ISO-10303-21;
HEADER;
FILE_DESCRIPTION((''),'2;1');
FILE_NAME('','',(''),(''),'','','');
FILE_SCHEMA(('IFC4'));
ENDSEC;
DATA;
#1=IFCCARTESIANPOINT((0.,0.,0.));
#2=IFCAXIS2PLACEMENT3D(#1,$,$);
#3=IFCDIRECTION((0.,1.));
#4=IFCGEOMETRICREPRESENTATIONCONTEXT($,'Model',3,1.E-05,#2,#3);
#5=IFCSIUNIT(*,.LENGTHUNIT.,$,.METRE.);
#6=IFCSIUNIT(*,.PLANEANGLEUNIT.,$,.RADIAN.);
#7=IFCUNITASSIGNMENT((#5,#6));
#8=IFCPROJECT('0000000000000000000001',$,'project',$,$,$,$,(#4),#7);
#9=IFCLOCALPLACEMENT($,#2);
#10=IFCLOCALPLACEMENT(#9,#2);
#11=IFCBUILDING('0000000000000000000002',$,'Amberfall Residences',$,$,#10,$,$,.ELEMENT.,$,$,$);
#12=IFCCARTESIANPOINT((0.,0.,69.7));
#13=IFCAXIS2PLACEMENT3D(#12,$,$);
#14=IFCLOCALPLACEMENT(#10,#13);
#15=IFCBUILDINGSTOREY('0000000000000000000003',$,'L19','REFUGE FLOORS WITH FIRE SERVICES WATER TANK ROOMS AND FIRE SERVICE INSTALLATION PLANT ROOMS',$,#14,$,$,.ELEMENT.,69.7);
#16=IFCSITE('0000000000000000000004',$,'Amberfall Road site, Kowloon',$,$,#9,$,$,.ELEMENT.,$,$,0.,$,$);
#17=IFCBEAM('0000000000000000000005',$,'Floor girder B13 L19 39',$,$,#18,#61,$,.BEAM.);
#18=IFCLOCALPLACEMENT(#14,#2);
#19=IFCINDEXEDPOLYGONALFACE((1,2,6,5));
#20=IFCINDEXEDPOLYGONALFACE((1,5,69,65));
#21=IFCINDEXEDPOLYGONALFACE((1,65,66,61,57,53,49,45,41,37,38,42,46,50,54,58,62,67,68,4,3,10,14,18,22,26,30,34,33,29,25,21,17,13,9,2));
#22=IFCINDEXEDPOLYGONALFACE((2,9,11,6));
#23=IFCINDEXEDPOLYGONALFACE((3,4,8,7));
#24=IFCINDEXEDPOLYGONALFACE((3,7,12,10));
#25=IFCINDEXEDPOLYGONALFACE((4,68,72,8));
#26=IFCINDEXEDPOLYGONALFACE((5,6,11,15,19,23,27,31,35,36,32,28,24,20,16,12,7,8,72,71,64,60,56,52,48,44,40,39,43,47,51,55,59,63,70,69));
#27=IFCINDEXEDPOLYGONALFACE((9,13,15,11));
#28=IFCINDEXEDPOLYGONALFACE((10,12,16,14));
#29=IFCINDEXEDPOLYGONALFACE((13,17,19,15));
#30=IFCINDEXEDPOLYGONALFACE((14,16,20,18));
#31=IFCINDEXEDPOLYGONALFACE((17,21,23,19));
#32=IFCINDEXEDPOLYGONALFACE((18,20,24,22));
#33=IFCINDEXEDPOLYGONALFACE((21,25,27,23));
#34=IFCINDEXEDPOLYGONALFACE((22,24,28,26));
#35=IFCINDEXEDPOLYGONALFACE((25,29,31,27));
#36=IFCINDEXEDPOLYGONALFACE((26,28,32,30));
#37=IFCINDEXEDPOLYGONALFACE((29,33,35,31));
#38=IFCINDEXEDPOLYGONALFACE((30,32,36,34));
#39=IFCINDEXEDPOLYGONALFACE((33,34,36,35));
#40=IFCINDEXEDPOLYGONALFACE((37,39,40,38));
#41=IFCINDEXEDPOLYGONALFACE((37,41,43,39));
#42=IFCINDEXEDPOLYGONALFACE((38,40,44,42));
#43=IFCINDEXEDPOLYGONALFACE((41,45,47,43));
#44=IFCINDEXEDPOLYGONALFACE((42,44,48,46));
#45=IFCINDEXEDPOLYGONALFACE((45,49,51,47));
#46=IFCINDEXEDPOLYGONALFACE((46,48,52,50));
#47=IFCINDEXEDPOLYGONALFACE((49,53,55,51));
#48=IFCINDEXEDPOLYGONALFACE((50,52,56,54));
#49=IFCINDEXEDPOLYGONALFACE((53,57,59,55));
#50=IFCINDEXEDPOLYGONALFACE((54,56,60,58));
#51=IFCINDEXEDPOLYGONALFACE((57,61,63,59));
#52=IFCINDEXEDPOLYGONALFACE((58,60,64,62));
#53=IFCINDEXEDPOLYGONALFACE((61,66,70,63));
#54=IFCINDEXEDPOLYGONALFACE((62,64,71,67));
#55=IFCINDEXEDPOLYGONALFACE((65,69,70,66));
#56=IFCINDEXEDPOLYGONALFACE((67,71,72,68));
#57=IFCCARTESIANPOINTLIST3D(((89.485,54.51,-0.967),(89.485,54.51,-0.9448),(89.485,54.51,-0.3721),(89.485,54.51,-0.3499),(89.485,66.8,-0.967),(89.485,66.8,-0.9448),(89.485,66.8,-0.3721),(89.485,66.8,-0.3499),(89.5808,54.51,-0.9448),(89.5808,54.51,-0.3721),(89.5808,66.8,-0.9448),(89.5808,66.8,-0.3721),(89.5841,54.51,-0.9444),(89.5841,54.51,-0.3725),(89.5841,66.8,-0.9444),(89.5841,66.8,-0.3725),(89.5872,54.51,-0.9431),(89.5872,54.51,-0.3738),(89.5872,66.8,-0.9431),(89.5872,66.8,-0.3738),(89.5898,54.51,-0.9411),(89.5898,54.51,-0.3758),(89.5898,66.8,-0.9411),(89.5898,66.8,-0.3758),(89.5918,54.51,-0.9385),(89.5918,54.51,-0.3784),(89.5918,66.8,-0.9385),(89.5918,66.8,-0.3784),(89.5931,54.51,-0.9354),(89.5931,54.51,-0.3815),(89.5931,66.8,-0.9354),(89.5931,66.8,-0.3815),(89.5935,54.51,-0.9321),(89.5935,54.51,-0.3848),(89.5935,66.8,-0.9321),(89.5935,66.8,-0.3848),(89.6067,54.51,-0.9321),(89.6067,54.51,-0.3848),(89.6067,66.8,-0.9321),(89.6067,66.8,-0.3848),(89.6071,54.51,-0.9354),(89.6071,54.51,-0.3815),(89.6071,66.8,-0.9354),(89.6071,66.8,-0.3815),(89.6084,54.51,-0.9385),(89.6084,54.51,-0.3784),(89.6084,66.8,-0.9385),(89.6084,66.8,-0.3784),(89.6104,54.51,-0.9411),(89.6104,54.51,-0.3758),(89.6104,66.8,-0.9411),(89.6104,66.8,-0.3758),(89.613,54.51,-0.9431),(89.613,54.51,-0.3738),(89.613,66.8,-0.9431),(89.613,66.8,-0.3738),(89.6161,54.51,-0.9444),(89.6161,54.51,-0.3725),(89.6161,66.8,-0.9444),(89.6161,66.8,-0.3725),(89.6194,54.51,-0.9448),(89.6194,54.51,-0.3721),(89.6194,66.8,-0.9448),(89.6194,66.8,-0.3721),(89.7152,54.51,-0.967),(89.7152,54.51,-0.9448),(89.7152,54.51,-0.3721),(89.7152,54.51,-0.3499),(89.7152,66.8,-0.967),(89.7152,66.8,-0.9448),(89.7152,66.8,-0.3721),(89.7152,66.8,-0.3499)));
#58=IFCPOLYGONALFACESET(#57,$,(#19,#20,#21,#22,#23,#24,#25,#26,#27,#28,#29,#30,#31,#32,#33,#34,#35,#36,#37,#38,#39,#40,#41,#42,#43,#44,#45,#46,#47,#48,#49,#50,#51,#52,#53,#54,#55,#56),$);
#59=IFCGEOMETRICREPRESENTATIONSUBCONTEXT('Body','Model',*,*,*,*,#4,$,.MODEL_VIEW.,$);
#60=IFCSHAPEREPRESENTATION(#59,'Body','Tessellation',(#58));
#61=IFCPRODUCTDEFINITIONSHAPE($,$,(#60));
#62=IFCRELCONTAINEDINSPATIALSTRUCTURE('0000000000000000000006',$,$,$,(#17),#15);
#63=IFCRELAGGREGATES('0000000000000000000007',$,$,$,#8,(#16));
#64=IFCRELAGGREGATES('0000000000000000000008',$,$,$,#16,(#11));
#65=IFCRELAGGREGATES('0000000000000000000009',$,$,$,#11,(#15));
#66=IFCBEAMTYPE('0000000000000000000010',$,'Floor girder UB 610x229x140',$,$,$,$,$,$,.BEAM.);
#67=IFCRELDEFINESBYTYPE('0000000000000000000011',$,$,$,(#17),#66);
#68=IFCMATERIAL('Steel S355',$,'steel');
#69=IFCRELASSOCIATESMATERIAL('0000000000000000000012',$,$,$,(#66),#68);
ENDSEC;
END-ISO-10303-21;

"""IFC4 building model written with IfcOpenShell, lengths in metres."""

from ifc_helpers import new_model, si_unit, direction, frame, origin, origin_2d, place, context, subcontext, project, spatial, i_section, extrude, material, material_profile, profile_set, type_object, element, save


model = new_model("IFC4")

# Units and contexts
model_context = context("Model", 3, precision=1e-05, world=origin(), true_north=direction((0.0, 1.0)))
body_context = subcontext(model_context, "Body", "Model", "MODEL_VIEW")
ifc_project = project(units=[si_unit("LENGTHUNIT", "METRE"), si_unit("PLANEANGLEUNIT", "RADIAN")], contexts=[model_context])

# Site, building, storey
site_placement = place(None, origin())
site = spatial("IfcSite", under=ifc_project, at=site_placement, Name="Amberfall Road site, Kowloon", CompositionType="ELEMENT", RefElevation=0.0)
building_placement = place(site_placement, origin())
building = spatial("IfcBuilding", under=site, at=building_placement, Name="Amberfall Residences", CompositionType="ELEMENT")
storey_placement = place(building_placement, frame((0.0, 0.0, 69.7)))
storey = spatial("IfcBuildingStorey", under=building, at=storey_placement, Name="L19", Description="REFUGE FLOORS WITH FIRE SERVICES WATER TANK ROOMS AND FIRE SERVICE INSTALLATION PLANT ROOMS", CompositionType="ELEMENT", Elevation=69.7)

# Shared definitions
ifc_material_1 = material(Name="Steel S355", Category="steel")

# Beam
ifc_material_profile_1 = material_profile(ifc_material_1, i_section(OverallWidth=0.2302, OverallDepth=0.6172, WebThickness=0.0132, FlangeThickness=0.0222, FilletRadius=0.0127, at=origin_2d()), Name="UB 610x229x140")
ifc_profile_set_1 = profile_set([ifc_material_profile_1], Name="Steel S355")
beam_type_1 = type_object("IfcBeamType", Name="Floor girder UB 610x229x140", PredefinedType="BEAM", material=ifc_profile_set_1)
beam_1_placement = place(storey_placement, frame((89.6001, 66.8, -0.6584), z_axis=(0.0, -1.0, 0.0), x_axis=(1.0, 0.0, 0.0)))
element("IfcBeam", 1, at=beam_1_placement, inside=storey, type_object=beam_type_1, Name="Floor girder B13 L19 39", PredefinedType="BEAM", context=body_context, shape_type="SweptSolid", body=[
    extrude(i_section(OverallWidth=0.2302, OverallDepth=0.6172, WebThickness=0.0132, FlangeThickness=0.0222, FilletRadius=0.0127, at=origin_2d()), origin(), (0.0, 0.0, 1.0), 12.29),
])

save(model, "model.ifc")
